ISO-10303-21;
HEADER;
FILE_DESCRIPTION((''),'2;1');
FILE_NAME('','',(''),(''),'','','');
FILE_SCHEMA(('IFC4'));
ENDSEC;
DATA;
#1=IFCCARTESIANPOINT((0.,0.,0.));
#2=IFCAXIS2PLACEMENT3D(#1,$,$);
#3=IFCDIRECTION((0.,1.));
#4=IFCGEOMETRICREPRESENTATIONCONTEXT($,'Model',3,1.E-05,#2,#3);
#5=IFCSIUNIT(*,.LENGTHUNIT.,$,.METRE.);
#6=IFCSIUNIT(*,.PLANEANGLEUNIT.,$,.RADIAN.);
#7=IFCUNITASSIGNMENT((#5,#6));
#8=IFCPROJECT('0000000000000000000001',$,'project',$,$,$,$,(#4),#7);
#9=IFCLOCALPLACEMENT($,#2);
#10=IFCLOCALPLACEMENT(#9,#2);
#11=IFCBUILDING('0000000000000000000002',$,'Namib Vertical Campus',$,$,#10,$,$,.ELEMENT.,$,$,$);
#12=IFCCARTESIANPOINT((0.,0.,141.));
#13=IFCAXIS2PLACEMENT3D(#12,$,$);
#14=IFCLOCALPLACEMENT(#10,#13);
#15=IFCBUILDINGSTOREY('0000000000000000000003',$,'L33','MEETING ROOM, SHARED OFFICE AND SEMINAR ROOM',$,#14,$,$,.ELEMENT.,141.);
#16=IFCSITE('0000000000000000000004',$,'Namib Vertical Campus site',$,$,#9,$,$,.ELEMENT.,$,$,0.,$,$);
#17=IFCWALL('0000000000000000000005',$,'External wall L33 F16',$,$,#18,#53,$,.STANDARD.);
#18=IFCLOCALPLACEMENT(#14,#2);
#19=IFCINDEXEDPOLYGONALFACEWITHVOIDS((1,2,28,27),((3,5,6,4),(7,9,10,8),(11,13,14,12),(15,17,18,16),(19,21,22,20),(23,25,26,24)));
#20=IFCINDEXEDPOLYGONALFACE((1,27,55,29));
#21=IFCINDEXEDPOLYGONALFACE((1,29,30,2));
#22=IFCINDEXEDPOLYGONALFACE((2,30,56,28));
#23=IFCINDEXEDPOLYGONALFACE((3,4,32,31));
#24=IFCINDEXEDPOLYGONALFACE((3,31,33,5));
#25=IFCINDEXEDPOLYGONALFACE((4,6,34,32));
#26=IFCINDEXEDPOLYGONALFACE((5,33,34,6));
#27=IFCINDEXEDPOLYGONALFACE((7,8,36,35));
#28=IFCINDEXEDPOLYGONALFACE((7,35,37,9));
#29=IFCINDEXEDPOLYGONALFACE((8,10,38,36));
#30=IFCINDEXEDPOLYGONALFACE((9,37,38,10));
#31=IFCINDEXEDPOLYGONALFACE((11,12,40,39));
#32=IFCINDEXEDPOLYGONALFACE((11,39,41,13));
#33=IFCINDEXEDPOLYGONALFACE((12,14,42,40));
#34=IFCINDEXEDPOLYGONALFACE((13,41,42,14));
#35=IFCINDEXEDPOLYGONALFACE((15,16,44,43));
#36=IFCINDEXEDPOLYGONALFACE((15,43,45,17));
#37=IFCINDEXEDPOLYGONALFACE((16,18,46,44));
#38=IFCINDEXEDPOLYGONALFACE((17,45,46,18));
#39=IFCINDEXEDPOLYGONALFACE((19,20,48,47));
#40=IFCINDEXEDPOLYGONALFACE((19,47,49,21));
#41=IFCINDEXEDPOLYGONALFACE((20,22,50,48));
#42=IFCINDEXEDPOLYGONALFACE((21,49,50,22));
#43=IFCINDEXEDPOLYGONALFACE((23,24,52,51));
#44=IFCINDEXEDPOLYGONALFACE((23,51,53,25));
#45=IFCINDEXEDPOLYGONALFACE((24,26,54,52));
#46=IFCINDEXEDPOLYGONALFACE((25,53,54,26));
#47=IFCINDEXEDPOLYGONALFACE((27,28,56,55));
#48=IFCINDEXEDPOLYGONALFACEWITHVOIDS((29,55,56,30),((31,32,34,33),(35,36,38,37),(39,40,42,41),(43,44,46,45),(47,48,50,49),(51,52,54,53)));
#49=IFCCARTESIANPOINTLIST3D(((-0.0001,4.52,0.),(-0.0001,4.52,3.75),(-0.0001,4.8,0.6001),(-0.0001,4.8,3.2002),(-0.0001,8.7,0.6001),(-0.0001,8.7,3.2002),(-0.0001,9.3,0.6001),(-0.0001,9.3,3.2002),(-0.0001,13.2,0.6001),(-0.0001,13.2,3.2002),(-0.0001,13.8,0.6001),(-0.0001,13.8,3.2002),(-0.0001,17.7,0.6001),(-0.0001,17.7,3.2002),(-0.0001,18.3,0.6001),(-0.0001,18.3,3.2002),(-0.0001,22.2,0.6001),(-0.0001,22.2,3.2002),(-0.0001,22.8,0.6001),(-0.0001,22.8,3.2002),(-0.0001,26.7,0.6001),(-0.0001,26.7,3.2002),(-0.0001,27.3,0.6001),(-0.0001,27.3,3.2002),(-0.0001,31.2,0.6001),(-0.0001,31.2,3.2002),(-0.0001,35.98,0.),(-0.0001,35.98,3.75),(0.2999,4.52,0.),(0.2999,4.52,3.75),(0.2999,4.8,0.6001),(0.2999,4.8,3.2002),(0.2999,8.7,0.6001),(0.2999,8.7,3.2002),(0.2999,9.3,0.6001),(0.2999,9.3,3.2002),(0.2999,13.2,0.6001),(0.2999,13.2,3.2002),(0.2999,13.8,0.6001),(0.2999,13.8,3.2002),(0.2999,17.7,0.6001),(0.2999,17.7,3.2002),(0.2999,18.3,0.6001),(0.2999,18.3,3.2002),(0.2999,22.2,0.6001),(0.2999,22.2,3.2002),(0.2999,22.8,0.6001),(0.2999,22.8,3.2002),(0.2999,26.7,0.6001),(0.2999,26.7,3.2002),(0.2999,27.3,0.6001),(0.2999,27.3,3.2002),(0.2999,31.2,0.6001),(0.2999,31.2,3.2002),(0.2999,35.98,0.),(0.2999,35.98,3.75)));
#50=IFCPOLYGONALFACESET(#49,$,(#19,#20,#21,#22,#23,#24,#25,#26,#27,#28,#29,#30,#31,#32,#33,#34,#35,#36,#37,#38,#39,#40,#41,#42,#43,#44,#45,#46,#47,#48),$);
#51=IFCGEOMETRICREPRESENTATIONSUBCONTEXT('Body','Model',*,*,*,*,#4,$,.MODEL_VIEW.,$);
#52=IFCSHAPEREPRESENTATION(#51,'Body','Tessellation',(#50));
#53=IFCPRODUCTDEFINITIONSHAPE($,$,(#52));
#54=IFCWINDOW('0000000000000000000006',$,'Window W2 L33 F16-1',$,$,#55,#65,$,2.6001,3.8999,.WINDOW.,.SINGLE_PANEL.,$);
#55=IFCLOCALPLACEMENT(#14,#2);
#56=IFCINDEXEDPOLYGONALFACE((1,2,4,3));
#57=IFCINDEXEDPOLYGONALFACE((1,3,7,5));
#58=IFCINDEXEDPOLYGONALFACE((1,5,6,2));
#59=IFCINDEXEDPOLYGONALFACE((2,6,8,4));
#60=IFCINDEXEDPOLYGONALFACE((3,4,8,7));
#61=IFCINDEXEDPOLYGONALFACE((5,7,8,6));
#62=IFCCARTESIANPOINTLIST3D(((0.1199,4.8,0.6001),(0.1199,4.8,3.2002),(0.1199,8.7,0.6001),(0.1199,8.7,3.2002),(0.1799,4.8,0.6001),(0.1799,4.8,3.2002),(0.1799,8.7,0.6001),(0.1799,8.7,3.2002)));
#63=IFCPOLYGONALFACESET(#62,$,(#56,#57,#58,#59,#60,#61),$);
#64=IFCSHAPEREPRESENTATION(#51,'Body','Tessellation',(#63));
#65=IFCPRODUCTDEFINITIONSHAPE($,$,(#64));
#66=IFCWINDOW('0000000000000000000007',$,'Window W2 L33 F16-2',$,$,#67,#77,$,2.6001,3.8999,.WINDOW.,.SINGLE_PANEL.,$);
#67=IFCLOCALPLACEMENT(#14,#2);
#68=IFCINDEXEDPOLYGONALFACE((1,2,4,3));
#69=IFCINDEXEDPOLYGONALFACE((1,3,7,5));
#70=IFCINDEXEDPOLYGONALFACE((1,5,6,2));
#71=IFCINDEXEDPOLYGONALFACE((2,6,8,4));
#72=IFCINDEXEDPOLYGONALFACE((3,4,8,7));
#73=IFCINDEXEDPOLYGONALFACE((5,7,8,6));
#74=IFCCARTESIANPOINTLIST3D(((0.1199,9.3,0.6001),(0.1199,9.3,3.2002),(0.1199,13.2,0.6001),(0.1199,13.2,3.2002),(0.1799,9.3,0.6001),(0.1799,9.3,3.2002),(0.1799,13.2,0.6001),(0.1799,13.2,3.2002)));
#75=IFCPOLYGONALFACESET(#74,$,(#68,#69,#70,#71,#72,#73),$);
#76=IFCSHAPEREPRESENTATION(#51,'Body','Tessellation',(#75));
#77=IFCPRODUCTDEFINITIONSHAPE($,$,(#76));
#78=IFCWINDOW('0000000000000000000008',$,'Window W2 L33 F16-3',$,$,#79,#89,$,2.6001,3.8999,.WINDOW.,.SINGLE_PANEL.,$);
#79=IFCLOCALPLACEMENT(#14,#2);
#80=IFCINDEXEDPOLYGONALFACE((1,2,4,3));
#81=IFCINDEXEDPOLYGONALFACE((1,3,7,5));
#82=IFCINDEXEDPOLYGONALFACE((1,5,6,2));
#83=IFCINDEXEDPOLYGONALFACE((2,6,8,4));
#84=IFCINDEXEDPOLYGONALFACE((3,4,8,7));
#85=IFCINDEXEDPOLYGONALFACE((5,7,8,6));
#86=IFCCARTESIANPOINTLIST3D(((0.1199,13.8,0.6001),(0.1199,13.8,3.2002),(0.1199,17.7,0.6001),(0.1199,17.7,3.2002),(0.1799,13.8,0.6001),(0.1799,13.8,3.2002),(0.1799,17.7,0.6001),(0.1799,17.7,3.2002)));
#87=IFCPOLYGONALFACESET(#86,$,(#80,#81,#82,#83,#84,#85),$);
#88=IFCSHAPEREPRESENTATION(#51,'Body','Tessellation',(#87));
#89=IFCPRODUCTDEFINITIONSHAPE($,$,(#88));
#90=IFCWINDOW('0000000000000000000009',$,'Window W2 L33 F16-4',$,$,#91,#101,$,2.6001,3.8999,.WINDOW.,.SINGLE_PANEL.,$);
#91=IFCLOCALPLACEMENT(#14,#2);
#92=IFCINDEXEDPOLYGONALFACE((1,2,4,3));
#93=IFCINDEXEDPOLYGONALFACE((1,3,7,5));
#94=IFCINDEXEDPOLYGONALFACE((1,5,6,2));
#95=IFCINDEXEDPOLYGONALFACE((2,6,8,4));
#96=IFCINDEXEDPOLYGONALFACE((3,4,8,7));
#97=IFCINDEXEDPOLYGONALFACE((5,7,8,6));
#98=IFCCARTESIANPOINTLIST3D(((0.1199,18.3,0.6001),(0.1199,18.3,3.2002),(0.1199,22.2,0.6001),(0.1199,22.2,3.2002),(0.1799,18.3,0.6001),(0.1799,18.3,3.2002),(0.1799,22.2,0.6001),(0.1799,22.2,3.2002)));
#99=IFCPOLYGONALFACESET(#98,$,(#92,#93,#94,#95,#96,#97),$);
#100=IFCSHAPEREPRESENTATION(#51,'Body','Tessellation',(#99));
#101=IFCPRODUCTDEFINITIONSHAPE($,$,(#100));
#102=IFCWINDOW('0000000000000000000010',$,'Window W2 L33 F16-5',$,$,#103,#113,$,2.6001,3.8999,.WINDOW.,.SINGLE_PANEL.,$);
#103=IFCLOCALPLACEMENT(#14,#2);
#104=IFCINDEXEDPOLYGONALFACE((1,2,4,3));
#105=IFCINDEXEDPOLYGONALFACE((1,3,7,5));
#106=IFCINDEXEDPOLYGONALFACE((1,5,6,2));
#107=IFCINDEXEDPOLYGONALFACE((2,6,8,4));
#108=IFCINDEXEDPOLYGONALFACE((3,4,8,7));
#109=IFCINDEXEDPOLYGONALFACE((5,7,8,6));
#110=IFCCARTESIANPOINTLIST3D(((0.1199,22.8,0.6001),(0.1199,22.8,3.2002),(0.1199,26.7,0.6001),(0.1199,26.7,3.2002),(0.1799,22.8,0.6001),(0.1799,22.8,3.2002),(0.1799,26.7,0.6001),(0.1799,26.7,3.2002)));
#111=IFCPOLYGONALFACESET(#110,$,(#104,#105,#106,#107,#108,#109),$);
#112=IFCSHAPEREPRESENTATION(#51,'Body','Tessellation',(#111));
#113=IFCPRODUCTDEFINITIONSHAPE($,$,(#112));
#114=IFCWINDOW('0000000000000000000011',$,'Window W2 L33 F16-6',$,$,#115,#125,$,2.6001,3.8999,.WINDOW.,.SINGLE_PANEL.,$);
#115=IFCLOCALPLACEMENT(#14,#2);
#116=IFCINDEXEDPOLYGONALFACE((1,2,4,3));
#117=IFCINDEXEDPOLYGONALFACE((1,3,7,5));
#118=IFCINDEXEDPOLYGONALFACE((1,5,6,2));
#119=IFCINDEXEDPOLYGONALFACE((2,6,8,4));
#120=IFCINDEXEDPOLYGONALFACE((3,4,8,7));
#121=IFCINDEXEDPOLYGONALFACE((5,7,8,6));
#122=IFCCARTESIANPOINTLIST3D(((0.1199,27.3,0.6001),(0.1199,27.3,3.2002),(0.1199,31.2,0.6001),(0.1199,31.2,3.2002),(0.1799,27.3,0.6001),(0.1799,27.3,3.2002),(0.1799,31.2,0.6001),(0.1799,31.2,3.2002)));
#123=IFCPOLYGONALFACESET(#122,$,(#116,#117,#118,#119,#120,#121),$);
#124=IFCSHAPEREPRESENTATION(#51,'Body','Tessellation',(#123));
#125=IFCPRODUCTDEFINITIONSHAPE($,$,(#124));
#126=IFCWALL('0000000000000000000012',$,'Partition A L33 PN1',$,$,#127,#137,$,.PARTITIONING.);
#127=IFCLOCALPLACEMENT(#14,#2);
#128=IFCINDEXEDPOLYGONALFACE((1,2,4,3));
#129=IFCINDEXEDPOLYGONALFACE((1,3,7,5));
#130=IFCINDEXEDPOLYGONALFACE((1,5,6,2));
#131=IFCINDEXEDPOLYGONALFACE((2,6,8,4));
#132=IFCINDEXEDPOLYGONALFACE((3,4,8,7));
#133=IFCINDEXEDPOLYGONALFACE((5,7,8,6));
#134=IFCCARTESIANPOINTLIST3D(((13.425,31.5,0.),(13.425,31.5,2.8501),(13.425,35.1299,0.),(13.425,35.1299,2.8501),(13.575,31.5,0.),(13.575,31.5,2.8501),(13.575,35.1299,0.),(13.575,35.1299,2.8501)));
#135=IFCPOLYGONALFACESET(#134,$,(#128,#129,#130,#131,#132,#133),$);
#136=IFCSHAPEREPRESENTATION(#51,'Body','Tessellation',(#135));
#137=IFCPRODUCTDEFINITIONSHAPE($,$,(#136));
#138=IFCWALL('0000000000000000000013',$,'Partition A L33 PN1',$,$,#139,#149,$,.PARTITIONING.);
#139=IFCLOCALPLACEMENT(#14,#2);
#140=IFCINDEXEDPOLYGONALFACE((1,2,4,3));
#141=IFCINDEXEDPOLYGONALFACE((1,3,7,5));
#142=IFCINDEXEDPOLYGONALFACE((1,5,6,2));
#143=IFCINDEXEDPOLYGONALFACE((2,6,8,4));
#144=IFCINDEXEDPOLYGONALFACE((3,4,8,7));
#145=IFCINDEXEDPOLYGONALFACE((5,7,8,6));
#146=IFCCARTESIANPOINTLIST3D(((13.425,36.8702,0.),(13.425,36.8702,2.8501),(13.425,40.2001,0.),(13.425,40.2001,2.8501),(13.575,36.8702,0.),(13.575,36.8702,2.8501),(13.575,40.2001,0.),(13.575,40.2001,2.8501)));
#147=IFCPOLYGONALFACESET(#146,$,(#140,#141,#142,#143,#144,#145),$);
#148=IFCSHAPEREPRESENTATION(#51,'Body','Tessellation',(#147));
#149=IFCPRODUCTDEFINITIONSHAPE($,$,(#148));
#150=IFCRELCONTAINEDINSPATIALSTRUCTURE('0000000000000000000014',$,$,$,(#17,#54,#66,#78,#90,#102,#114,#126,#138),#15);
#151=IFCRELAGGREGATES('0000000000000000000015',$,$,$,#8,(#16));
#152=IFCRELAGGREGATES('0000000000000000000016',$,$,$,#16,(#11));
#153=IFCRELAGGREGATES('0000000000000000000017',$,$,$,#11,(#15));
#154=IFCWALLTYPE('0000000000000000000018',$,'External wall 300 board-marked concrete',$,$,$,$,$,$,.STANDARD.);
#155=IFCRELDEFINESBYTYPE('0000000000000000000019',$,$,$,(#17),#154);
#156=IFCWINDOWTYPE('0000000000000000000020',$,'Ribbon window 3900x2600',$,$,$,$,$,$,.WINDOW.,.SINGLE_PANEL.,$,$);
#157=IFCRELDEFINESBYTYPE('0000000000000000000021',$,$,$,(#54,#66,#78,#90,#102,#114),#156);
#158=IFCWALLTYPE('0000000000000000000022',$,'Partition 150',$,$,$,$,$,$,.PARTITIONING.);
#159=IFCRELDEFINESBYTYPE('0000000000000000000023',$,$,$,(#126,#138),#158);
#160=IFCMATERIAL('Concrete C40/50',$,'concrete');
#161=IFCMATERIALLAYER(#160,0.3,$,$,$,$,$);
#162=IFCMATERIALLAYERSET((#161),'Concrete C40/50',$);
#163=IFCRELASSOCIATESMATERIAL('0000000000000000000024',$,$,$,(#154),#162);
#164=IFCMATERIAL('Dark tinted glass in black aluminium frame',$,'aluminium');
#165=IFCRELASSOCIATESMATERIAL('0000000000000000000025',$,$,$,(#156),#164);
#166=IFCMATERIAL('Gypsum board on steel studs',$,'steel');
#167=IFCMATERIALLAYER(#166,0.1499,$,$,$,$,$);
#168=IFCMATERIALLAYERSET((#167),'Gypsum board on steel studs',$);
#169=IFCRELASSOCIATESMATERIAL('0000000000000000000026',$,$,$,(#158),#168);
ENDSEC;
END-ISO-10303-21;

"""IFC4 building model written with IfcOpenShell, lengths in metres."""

from ifc_helpers import new_model, si_unit, direction, frame, frame_2d, origin, place, context, subcontext, project, spatial, rectangle, extrude, material, layer, layer_set, type_object, element, fill, save


model = new_model("IFC4")

# Units and contexts
model_context = context("Model", 3, precision=1e-05, world=origin(), true_north=direction((0.0, 1.0)))
body_context = subcontext(model_context, "Body", "Model", "MODEL_VIEW")
ifc_project = project(units=[si_unit("LENGTHUNIT", "METRE"), si_unit("PLANEANGLEUNIT", "RADIAN")], contexts=[model_context])

# Site, building, storey
site_placement = place(None, origin())
site = spatial("IfcSite", under=ifc_project, at=site_placement, Name="Namib Vertical Campus site", CompositionType="ELEMENT", RefElevation=0.0)
building_placement = place(site_placement, origin())
building = spatial("IfcBuilding", under=site, at=building_placement, Name="Namib Vertical Campus", CompositionType="ELEMENT")
storey_placement = place(building_placement, frame((0.0, 0.0, 141.0)))
storey = spatial("IfcBuildingStorey", under=building, at=storey_placement, Name="L33", Description="MEETING ROOM, SHARED OFFICE AND SEMINAR ROOM", CompositionType="ELEMENT", Elevation=141.0)

# Shared definitions
ifc_material_1 = material(Name="Concrete C40/50", Category="concrete")
ifc_layer_1 = layer(ifc_material_1, 0.3)
ifc_layer_set_1 = layer_set([ifc_layer_1], Name="Concrete C40/50")
wall_type_1 = type_object("IfcWallType", Name="External wall 300 board-marked concrete", PredefinedType="STANDARD", material=ifc_layer_set_1)

# Wall, openings, windows
wall_1_placement = place(storey_placement, frame((0.1499, 35.98, 0.0), z_axis=(0.0, 0.0, 1.0), x_axis=(0.0, -1.0, 0.0)))
wall_1 = element("IfcWall", 1, at=wall_1_placement, inside=storey, type_object=wall_type_1, Name="External wall L33 F16", PredefinedType="STANDARD", context=body_context, shape_type="SweptSolid", body=[
    extrude(rectangle(XDim=31.46, YDim=0.3, at=frame_2d((15.73, 0.0))), origin(), (0.0, 0.0, 1.0), 3.75),
])
opening_1_placement = place(wall_1_placement, frame((27.28, 0.0, 0.6001)))
opening_1 = element("IfcOpeningElement", 2, at=opening_1_placement, cuts=wall_1, PredefinedType="OPENING", context=body_context, shape_type="SweptSolid", body=[
    extrude(rectangle(XDim=3.8999, YDim=2.6001, at=frame_2d((1.95, 1.3))), frame((0.0, 0.1599, 0.0), z_axis=(0.0, -1.0, 0.0), x_axis=(1.0, 0.0, 0.0)), (0.0, 0.0, 1.0), 0.3201),
])
opening_2_placement = place(wall_1_placement, frame((22.78, 0.0, 0.6001)))
opening_2 = element("IfcOpeningElement", 3, at=opening_2_placement, cuts=wall_1, PredefinedType="OPENING", context=body_context, shape_type="SweptSolid", body=[
    extrude(rectangle(XDim=3.8999, YDim=2.6001, at=frame_2d((1.95, 1.3))), frame((0.0, 0.1599, 0.0), z_axis=(0.0, -1.0, 0.0), x_axis=(1.0, 0.0, 0.0)), (0.0, 0.0, 1.0), 0.3201),
])
opening_3_placement = place(wall_1_placement, frame((18.28, 0.0, 0.6001)))
opening_3 = element("IfcOpeningElement", 4, at=opening_3_placement, cuts=wall_1, PredefinedType="OPENING", context=body_context, shape_type="SweptSolid", body=[
    extrude(rectangle(XDim=3.8999, YDim=2.6001, at=frame_2d((1.95, 1.3))), frame((0.0, 0.1599, 0.0), z_axis=(0.0, -1.0, 0.0), x_axis=(1.0, 0.0, 0.0)), (0.0, 0.0, 1.0), 0.3201),
])
opening_4_placement = place(wall_1_placement, frame((13.78, 0.0, 0.6001)))
opening_4 = element("IfcOpeningElement", 5, at=opening_4_placement, cuts=wall_1, PredefinedType="OPENING", context=body_context, shape_type="SweptSolid", body=[
    extrude(rectangle(XDim=3.8999, YDim=2.6001, at=frame_2d((1.95, 1.3))), frame((0.0, 0.1599, 0.0), z_axis=(0.0, -1.0, 0.0), x_axis=(1.0, 0.0, 0.0)), (0.0, 0.0, 1.0), 0.3201),
])
opening_5_placement = place(wall_1_placement, frame((9.28, 0.0, 0.6001)))
opening_5 = element("IfcOpeningElement", 6, at=opening_5_placement, cuts=wall_1, PredefinedType="OPENING", context=body_context, shape_type="SweptSolid", body=[
    extrude(rectangle(XDim=3.8999, YDim=2.6001, at=frame_2d((1.95, 1.3))), frame((0.0, 0.1599, 0.0), z_axis=(0.0, -1.0, 0.0), x_axis=(1.0, 0.0, 0.0)), (0.0, 0.0, 1.0), 0.3201),
])
opening_6_placement = place(wall_1_placement, frame((4.78, 0.0, 0.6001)))
opening_6 = element("IfcOpeningElement", 7, at=opening_6_placement, cuts=wall_1, PredefinedType="OPENING", context=body_context, shape_type="SweptSolid", body=[
    extrude(rectangle(XDim=3.8999, YDim=2.6001, at=frame_2d((1.95, 1.3))), frame((0.0, 0.1599, 0.0), z_axis=(0.0, -1.0, 0.0), x_axis=(1.0, 0.0, 0.0)), (0.0, 0.0, 1.0), 0.3201),
])
ifc_material_2 = material(Name="Dark tinted glass in black aluminium frame", Category="aluminium")
window_type = type_object("IfcWindowType", Name="Ribbon window 3900x2600", PartitioningType="SINGLE_PANEL", PredefinedType="WINDOW", material=ifc_material_2)
window_1_placement = place(opening_1_placement, origin())
window_1 = element("IfcWindow", 8, at=window_1_placement, inside=storey, type_object=window_type, Name="Window W2 L33 F16-1", OverallHeight=2.6001, OverallWidth=3.8999, PartitioningType="SINGLE_PANEL", PredefinedType="WINDOW", context=body_context, shape_type="SweptSolid", body=[
    extrude(rectangle(XDim=3.8999, YDim=2.6001, at=frame_2d((1.95, 1.3))), frame((0.0, 0.03, 0.0), z_axis=(0.0, -1.0, 0.0), x_axis=(1.0, 0.0, 0.0)), (0.0, 0.0, 1.0), 0.0601),
])
fill(opening_1, window_1)
window_2_placement = place(opening_2_placement, origin())
window_2 = element("IfcWindow", 9, at=window_2_placement, inside=storey, type_object=window_type, Name="Window W2 L33 F16-2", OverallHeight=2.6001, OverallWidth=3.8999, PartitioningType="SINGLE_PANEL", PredefinedType="WINDOW", context=body_context, shape_type="SweptSolid", body=[
    extrude(rectangle(XDim=3.8999, YDim=2.6001, at=frame_2d((1.95, 1.3))), frame((0.0, 0.03, 0.0), z_axis=(0.0, -1.0, 0.0), x_axis=(1.0, 0.0, 0.0)), (0.0, 0.0, 1.0), 0.0601),
])
fill(opening_2, window_2)
window_3_placement = place(opening_3_placement, origin())
window_3 = element("IfcWindow", 10, at=window_3_placement, inside=storey, type_object=window_type, Name="Window W2 L33 F16-3", OverallHeight=2.6001, OverallWidth=3.8999, PartitioningType="SINGLE_PANEL", PredefinedType="WINDOW", context=body_context, shape_type="SweptSolid", body=[
    extrude(rectangle(XDim=3.8999, YDim=2.6001, at=frame_2d((1.95, 1.3))), frame((0.0, 0.03, 0.0), z_axis=(0.0, -1.0, 0.0), x_axis=(1.0, 0.0, 0.0)), (0.0, 0.0, 1.0), 0.0601),
])
fill(opening_3, window_3)
window_4_placement = place(opening_4_placement, origin())
window_4 = element("IfcWindow", 11, at=window_4_placement, inside=storey, type_object=window_type, Name="Window W2 L33 F16-4", OverallHeight=2.6001, OverallWidth=3.8999, PartitioningType="SINGLE_PANEL", PredefinedType="WINDOW", context=body_context, shape_type="SweptSolid", body=[
    extrude(rectangle(XDim=3.8999, YDim=2.6001, at=frame_2d((1.95, 1.3))), frame((0.0, 0.03, 0.0), z_axis=(0.0, -1.0, 0.0), x_axis=(1.0, 0.0, 0.0)), (0.0, 0.0, 1.0), 0.0601),
])
fill(opening_4, window_4)
window_5_placement = place(opening_5_placement, origin())
window_5 = element("IfcWindow", 12, at=window_5_placement, inside=storey, type_object=window_type, Name="Window W2 L33 F16-5", OverallHeight=2.6001, OverallWidth=3.8999, PartitioningType="SINGLE_PANEL", PredefinedType="WINDOW", context=body_context, shape_type="SweptSolid", body=[
    extrude(rectangle(XDim=3.8999, YDim=2.6001, at=frame_2d((1.95, 1.3))), frame((0.0, 0.03, 0.0), z_axis=(0.0, -1.0, 0.0), x_axis=(1.0, 0.0, 0.0)), (0.0, 0.0, 1.0), 0.0601),
])
fill(opening_5, window_5)
window_6_placement = place(opening_6_placement, origin())
window_6 = element("IfcWindow", 13, at=window_6_placement, inside=storey, type_object=window_type, Name="Window W2 L33 F16-6", OverallHeight=2.6001, OverallWidth=3.8999, PartitioningType="SINGLE_PANEL", PredefinedType="WINDOW", context=body_context, shape_type="SweptSolid", body=[
    extrude(rectangle(XDim=3.8999, YDim=2.6001, at=frame_2d((1.95, 1.3))), frame((0.0, 0.03, 0.0), z_axis=(0.0, -1.0, 0.0), x_axis=(1.0, 0.0, 0.0)), (0.0, 0.0, 1.0), 0.0601),
])
fill(opening_6, window_6)

# Walls
ifc_material_3 = material(Name="Gypsum board on steel studs", Category="steel")
ifc_layer_2 = layer(ifc_material_3, 0.1499)
ifc_layer_set_2 = layer_set([ifc_layer_2], Name="Gypsum board on steel studs")
wall_type_2 = type_object("IfcWallType", Name="Partition 150", PredefinedType="PARTITIONING", material=ifc_layer_set_2)
wall_2_placement = place(storey_placement, frame((13.5, 31.5, 0.0), z_axis=(0.0, 0.0, 1.0), x_axis=(0.0, 1.0, 0.0)))
element("IfcWall", 14, at=wall_2_placement, inside=storey, type_object=wall_type_2, Name="Partition A L33 PN1", PredefinedType="PARTITIONING", context=body_context, shape_type="SweptSolid", body=[
    extrude(rectangle(XDim=3.6299, YDim=0.1499, at=frame_2d((1.8149, 0.0))), origin(), (0.0, 0.0, 1.0), 2.8501),
])
wall_3_placement = place(storey_placement, frame((13.5, 36.8701, 0.0), z_axis=(0.0, 0.0, 1.0), x_axis=(0.0, 1.0, 0.0)))
element("IfcWall", 15, at=wall_3_placement, inside=storey, type_object=wall_type_2, Name="Partition A L33 PN1", PredefinedType="PARTITIONING", context=body_context, shape_type="SweptSolid", body=[
    extrude(rectangle(XDim=3.3298, YDim=0.1499, at=frame_2d((1.665, 0.0))), origin(), (0.0, 0.0, 1.0), 2.8501),
])

save(model, "model.ifc")
